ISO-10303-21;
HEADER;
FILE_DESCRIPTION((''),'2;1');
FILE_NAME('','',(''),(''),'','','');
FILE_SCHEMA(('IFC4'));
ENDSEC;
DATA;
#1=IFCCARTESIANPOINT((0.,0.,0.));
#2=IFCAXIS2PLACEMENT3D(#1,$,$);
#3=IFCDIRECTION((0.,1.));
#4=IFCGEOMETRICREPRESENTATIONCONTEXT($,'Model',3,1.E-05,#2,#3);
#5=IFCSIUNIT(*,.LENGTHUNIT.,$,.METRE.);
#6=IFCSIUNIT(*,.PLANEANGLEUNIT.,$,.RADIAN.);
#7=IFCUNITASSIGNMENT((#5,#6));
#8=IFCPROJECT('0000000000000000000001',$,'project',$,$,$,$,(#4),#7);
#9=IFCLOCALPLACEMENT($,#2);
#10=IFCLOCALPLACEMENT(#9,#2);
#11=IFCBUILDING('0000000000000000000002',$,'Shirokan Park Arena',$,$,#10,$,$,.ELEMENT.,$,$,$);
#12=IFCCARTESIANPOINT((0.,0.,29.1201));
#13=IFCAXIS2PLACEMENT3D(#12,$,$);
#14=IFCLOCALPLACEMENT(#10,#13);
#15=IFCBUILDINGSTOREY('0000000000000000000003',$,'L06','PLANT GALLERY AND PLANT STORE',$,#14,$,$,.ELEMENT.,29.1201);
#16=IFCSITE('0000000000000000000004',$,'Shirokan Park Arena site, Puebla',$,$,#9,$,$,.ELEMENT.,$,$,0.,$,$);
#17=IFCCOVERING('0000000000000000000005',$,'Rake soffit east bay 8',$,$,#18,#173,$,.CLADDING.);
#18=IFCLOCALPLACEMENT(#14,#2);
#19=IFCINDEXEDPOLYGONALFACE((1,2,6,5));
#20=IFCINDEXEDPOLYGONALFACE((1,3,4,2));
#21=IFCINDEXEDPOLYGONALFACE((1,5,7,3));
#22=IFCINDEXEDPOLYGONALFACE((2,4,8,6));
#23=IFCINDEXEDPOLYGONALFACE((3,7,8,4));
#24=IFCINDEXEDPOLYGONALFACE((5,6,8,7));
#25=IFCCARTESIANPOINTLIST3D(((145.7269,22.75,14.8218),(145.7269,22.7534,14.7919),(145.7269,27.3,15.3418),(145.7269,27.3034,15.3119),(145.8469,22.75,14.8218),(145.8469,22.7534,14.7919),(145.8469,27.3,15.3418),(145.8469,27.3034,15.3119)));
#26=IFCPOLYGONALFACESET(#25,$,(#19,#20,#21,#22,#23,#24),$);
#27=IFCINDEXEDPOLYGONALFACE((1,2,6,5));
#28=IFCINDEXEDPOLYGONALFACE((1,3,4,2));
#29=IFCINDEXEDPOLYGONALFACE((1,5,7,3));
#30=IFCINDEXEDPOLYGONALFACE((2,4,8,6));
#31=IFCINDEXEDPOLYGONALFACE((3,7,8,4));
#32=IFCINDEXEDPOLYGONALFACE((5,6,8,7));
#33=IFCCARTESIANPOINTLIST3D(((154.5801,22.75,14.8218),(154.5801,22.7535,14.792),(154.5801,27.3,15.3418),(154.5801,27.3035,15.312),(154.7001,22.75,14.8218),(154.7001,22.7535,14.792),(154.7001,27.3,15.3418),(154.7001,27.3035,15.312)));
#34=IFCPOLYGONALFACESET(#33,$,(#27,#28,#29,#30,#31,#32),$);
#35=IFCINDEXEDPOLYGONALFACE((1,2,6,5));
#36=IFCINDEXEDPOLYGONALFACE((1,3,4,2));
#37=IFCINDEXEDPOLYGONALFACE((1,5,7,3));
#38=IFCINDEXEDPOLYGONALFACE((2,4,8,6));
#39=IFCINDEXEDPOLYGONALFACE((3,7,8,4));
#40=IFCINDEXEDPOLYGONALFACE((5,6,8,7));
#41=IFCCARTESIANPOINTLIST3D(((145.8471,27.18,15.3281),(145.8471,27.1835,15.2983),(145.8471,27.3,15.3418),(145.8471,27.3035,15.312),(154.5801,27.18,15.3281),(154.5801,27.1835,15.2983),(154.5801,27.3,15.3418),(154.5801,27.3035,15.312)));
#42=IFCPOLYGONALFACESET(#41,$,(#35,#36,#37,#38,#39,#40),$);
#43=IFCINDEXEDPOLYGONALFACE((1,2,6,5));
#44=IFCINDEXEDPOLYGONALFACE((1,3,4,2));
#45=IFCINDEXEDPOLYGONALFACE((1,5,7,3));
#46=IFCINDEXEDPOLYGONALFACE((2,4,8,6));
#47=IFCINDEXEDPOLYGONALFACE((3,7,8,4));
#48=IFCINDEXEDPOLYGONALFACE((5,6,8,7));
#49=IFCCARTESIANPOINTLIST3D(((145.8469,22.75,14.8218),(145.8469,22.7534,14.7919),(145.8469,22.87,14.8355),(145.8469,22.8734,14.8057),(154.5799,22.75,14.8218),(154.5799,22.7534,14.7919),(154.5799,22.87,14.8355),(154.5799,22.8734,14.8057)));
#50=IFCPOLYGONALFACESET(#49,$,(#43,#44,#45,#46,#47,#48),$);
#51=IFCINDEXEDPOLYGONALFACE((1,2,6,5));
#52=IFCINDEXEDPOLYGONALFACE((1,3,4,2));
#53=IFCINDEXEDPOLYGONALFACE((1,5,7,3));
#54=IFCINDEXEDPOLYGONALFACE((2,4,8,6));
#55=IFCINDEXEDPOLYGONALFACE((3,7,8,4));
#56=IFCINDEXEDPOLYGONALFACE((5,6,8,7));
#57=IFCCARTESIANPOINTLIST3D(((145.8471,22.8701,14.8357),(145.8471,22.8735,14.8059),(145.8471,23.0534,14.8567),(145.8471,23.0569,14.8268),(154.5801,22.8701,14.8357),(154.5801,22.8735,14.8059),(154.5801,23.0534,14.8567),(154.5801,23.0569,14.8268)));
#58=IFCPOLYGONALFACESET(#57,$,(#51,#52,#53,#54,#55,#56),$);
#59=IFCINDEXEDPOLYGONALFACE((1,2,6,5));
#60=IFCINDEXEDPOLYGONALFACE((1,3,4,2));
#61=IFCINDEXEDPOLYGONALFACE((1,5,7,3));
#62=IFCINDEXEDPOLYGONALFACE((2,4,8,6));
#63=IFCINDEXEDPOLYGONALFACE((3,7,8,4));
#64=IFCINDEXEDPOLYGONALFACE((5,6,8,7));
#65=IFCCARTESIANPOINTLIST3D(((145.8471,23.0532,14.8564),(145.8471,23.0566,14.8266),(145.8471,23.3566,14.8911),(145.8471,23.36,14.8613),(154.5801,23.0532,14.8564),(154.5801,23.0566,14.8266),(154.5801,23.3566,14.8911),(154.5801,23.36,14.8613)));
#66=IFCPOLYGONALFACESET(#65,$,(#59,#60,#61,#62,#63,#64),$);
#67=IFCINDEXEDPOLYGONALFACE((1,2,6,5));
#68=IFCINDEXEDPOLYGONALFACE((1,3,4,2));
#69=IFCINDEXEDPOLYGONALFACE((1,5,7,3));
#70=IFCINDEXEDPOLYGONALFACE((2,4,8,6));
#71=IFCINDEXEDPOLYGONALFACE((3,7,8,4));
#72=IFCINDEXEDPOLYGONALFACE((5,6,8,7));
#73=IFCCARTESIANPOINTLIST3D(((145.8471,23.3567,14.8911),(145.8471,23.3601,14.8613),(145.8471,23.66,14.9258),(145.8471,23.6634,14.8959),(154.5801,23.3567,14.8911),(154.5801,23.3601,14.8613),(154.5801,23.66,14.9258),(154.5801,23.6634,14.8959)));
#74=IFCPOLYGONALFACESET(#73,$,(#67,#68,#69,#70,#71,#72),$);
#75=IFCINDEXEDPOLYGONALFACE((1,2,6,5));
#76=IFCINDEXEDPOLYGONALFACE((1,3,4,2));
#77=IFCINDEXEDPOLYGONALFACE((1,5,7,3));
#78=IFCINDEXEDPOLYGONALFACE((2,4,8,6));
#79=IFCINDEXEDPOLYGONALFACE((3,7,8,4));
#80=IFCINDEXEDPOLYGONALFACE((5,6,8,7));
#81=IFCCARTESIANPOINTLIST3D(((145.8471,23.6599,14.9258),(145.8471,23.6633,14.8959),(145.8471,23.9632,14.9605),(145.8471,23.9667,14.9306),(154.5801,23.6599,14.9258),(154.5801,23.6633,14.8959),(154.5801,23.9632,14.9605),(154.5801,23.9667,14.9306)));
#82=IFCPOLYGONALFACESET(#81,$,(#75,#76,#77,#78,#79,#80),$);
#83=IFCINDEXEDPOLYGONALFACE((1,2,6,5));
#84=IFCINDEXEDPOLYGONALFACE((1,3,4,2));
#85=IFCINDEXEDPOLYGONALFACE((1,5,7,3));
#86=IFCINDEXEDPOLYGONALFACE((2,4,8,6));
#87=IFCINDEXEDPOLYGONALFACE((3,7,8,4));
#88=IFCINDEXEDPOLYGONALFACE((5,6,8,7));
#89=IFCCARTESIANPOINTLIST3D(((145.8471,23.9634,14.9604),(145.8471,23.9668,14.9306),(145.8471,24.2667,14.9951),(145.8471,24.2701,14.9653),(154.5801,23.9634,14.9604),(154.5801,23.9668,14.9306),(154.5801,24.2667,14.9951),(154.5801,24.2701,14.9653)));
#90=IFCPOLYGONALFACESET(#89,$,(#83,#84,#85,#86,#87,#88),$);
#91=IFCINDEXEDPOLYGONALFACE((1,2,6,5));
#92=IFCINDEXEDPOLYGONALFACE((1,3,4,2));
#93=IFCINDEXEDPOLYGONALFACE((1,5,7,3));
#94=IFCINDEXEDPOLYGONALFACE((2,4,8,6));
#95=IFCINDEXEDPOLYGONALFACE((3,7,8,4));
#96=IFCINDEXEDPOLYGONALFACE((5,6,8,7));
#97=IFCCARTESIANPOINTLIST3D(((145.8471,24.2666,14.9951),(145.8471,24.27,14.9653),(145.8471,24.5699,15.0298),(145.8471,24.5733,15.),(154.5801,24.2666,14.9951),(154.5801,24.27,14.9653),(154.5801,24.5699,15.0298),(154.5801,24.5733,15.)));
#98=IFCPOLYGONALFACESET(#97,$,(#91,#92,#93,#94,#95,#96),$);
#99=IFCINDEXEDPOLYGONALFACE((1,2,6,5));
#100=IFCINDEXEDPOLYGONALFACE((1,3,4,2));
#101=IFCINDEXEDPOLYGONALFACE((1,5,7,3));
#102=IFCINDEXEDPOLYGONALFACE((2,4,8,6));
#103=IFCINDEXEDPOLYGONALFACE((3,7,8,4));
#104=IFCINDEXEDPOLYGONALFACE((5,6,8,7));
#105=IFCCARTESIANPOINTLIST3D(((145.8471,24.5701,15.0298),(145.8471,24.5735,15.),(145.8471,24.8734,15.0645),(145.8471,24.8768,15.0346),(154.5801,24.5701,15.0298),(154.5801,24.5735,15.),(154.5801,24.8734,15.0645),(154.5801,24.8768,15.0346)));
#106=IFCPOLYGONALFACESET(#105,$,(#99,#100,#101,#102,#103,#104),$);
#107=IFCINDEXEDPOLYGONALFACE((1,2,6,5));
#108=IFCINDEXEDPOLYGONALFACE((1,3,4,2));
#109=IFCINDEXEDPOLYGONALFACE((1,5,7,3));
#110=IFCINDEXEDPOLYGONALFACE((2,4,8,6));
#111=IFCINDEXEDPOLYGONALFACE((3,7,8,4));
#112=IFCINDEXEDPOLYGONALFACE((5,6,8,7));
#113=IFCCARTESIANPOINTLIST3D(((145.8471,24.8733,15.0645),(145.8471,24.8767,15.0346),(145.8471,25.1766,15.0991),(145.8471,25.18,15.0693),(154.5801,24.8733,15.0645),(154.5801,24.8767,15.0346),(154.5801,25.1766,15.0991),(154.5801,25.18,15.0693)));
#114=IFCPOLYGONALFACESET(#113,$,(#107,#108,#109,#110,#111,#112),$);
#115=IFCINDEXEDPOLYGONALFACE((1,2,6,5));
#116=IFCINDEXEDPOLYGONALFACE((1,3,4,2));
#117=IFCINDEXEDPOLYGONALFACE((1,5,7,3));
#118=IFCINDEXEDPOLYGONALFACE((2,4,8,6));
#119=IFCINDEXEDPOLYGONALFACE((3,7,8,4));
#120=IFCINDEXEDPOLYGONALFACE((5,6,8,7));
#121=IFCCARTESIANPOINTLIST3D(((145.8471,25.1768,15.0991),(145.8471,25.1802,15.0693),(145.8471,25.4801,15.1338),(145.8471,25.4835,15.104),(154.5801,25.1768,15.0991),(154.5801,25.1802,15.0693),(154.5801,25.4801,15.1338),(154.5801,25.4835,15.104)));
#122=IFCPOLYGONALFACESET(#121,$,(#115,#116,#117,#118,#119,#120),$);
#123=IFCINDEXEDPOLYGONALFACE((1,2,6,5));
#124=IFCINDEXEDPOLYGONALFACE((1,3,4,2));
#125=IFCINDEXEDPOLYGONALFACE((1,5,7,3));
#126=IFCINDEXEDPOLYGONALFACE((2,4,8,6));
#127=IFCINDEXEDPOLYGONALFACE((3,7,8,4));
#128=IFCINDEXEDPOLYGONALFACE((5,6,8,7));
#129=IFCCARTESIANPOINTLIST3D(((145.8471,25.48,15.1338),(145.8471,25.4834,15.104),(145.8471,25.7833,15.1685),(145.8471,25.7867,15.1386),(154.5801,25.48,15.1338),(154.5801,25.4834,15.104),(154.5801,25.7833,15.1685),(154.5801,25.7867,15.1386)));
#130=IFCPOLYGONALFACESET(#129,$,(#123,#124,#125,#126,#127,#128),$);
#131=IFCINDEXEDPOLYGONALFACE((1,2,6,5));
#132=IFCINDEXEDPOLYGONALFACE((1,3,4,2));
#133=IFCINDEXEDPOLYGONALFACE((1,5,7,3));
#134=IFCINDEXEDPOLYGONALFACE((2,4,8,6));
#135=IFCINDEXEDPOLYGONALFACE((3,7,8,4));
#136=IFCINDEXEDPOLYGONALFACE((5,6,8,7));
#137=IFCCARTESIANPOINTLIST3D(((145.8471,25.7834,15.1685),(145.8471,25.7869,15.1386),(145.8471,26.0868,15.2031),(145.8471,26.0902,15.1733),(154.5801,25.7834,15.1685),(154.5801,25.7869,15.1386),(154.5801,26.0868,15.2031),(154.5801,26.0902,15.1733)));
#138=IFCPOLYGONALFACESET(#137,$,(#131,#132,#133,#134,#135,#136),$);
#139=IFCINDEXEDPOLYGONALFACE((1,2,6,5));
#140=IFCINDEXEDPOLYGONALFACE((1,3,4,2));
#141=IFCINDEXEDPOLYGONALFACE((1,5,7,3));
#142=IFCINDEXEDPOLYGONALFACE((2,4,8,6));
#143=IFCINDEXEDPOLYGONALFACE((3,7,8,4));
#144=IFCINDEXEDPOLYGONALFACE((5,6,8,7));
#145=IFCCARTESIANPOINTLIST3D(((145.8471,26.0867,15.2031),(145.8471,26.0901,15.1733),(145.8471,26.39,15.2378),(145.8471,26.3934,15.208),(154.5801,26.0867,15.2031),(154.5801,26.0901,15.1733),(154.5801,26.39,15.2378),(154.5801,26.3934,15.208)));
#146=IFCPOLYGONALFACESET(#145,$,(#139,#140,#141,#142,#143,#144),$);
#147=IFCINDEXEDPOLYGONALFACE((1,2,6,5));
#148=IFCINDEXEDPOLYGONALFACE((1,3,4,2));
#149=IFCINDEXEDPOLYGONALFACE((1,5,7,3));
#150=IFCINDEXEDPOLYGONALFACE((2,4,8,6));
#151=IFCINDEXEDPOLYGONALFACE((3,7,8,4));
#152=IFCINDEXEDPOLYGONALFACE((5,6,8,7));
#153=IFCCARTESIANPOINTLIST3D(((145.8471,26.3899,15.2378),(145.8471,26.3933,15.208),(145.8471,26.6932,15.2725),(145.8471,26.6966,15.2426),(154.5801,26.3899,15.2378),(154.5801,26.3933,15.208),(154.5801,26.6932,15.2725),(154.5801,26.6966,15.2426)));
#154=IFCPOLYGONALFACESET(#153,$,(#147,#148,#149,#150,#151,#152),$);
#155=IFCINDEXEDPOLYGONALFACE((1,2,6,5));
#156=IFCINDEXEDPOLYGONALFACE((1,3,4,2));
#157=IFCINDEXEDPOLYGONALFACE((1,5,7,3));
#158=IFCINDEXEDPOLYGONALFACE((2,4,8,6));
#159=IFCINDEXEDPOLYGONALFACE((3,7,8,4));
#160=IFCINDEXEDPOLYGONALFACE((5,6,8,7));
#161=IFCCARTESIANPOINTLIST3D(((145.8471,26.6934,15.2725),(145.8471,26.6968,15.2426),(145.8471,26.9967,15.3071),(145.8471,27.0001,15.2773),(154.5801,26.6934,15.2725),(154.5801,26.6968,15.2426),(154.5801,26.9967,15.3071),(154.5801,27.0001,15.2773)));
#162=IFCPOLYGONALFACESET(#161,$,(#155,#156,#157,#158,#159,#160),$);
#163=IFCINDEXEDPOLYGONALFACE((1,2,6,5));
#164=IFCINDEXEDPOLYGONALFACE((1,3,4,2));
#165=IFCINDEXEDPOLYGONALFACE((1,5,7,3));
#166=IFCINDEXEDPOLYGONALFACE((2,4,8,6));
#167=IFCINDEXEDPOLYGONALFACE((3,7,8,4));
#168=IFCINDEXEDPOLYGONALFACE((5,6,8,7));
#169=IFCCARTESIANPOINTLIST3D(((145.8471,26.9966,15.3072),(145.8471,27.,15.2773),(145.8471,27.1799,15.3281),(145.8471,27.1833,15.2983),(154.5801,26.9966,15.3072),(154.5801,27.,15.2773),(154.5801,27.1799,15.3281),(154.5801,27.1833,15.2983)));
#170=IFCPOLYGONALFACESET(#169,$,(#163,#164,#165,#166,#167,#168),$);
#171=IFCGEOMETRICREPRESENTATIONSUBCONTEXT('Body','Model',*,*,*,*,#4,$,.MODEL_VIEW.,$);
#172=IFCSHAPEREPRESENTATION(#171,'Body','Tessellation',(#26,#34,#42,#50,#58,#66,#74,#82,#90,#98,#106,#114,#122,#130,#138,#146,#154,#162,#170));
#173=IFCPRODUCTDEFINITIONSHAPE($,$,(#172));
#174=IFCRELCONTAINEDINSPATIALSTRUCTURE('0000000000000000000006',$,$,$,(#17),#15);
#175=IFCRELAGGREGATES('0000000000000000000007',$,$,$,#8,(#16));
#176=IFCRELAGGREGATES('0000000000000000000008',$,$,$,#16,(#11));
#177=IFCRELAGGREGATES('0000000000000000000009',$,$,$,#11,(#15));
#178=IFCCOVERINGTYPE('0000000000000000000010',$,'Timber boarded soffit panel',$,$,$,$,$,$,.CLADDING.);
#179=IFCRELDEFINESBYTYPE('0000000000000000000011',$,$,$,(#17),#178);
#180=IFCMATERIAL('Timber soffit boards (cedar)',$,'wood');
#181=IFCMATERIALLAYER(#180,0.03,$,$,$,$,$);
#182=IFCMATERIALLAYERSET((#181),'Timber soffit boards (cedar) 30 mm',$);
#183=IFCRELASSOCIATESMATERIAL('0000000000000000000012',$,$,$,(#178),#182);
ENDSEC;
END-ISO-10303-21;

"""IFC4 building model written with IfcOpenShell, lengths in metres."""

from ifc_helpers import new_model, si_unit, direction, frame, origin, place, context, subcontext, project, spatial, polyline, outline, extrude, material, layer, layer_set, type_object, element, save


model = new_model("IFC4")

# Units and contexts
model_context = context("Model", 3, precision=1e-05, world=origin(), true_north=direction((0.0, 1.0)))
body_context = subcontext(model_context, "Body", "Model", "MODEL_VIEW")
ifc_project = project(units=[si_unit("LENGTHUNIT", "METRE"), si_unit("PLANEANGLEUNIT", "RADIAN")], contexts=[model_context])

# Site, building, storey
site_placement = place(None, origin())
site = spatial("IfcSite", under=ifc_project, at=site_placement, Name="Shirokan Park Arena site, Puebla", CompositionType="ELEMENT", RefElevation=0.0)
building_placement = place(site_placement, origin())
building = spatial("IfcBuilding", under=site, at=building_placement, Name="Shirokan Park Arena", CompositionType="ELEMENT")
storey_placement = place(building_placement, frame((0.0, 0.0, 29.1201)))
storey = spatial("IfcBuildingStorey", under=building, at=storey_placement, Name="L06", Description="PLANT GALLERY AND PLANT STORE", CompositionType="ELEMENT", Elevation=29.1201)

# Covering
ifc_material = material(Name="Timber soffit boards (cedar)", Category="wood")
ifc_layer = layer(ifc_material, 0.03)
ifc_layer_set = layer_set([ifc_layer], Name="Timber soffit boards (cedar) 30 mm")
covering_type = type_object("IfcCoveringType", Name="Timber boarded soffit panel", PredefinedType="CLADDING", material=ifc_layer_set)
covering_1_placement = place(storey_placement, origin())
element("IfcCovering", 1, at=covering_1_placement, inside=storey, type_object=covering_type, Name="Rake soffit east bay 8", PredefinedType="CLADDING", context=body_context, shape_type="SweptSolid", body=[
    extrude(outline(polyline([(0.0, 0.0), (0.12, 0.0), (0.12, -4.5796), (0.0, -4.5796), (0.0, 0.0)])), frame((145.8469, 22.75, 14.8218), z_axis=(0.0, -0.113547, 0.993533), x_axis=(-1.0, 0.0, 0.0)), (0.0, 0.0, -1.0), 0.03),
    extrude(outline(polyline([(0.0, 0.0), (0.12, 0.0), (0.12, -4.5796), (0.0, -4.5796), (0.0, 0.0)])), frame((154.5801, 27.3, 15.3418), z_axis=(0.0, -0.113547, 0.993533), x_axis=(1.0, 0.0, 0.0)), (0.0, 0.0, -1.0), 0.03),
    extrude(outline(polyline([(0.0, 0.0), (0.1208, 0.0), (0.1208, -8.733), (0.0, -8.733), (0.0, 0.0)])), frame((154.5801, 27.3, 15.3418), z_axis=(0.0, -0.113512, 0.993537), x_axis=(0.0, -0.993537, -0.113512)), (0.0, 0.0, -1.0), 0.03),
    extrude(outline(polyline([(0.0, 0.0), (0.1208, 0.0), (0.1208, -8.733), (0.0, -8.733), (0.0, 0.0)])), frame((145.8469, 22.75, 14.8218), z_axis=(0.0, -0.113512, 0.993537), x_axis=(0.0, 0.993537, 0.113512)), (0.0, 0.0, -1.0), 0.03),
    extrude(outline(polyline([(0.0, 0.0), (8.733, 0.0), (8.733, -0.1845), (0.0, -0.1845), (0.0, 0.0)])), frame((154.5801, 22.8701, 14.8357), z_axis=(0.0, -0.113589, 0.993528), x_axis=(-1.0, 0.0, 0.0)), (0.0, 0.0, -1.0), 0.03),
    extrude(outline(polyline([(0.0, 0.0), (8.733, 0.0), (8.733, -0.3053), (0.0, -0.3053), (0.0, 0.0)])), frame((154.5801, 23.0532, 14.8564), z_axis=(0.0, -0.113523, 0.993535), x_axis=(-1.0, 0.0, 0.0)), (0.0, 0.0, -1.0), 0.03),
    extrude(outline(polyline([(0.0, 0.0), (8.733, 0.0), (8.733, -0.3053), (0.0, -0.3053), (0.0, 0.0)])), frame((154.5801, 23.3567, 14.8911), z_axis=(0.0, -0.113559, 0.993531), x_axis=(-1.0, 0.0, 0.0)), (0.0, 0.0, -1.0), 0.03),
    extrude(outline(polyline([(0.0, 0.0), (8.733, 0.0), (8.733, -0.3053), (0.0, -0.3053), (0.0, 0.0)])), frame((154.5801, 23.6599, 14.9258), z_axis=(0.0, -0.113559, 0.993531), x_axis=(-1.0, 0.0, 0.0)), (0.0, 0.0, -1.0), 0.03),
    extrude(outline(polyline([(0.0, 0.0), (8.733, 0.0), (8.733, -0.3053), (0.0, -0.3053), (0.0, 0.0)])), frame((154.5801, 23.9634, 14.9604), z_axis=(0.0, -0.113523, 0.993535), x_axis=(-1.0, 0.0, 0.0)), (0.0, 0.0, -1.0), 0.03),
    extrude(outline(polyline([(0.0, 0.0), (8.733, 0.0), (8.733, -0.3053), (0.0, -0.3053), (0.0, 0.0)])), frame((154.5801, 24.2666, 14.9951), z_axis=(0.0, -0.113559, 0.993531), x_axis=(-1.0, 0.0, 0.0)), (0.0, 0.0, -1.0), 0.03),
    extrude(outline(polyline([(0.0, 0.0), (8.733, 0.0), (8.733, -0.3053), (0.0, -0.3053), (0.0, 0.0)])), frame((154.5801, 24.5701, 15.0298), z_axis=(0.0, -0.113559, 0.993531), x_axis=(-1.0, 0.0, 0.0)), (0.0, 0.0, -1.0), 0.03),
    extrude(outline(polyline([(0.0, 0.0), (8.733, 0.0), (8.733, -0.3053), (0.0, -0.3053), (0.0, 0.0)])), frame((154.5801, 24.8733, 15.0645), z_axis=(0.0, -0.113523, 0.993535), x_axis=(-1.0, 0.0, 0.0)), (0.0, 0.0, -1.0), 0.03),
    extrude(outline(polyline([(0.0, 0.0), (8.733, 0.0), (8.733, -0.3053), (0.0, -0.3053), (0.0, 0.0)])), frame((154.5801, 25.1768, 15.0991), z_axis=(0.0, -0.113559, 0.993531), x_axis=(-1.0, 0.0, 0.0)), (0.0, 0.0, -1.0), 0.03),
    extrude(outline(polyline([(0.0, 0.0), (8.733, 0.0), (8.733, -0.3053), (0.0, -0.3053), (0.0, 0.0)])), frame((154.5801, 25.48, 15.1338), z_axis=(0.0, -0.113559, 0.993531), x_axis=(-1.0, 0.0, 0.0)), (0.0, 0.0, -1.0), 0.03),
    extrude(outline(polyline([(0.0, 0.0), (8.733, 0.0), (8.733, -0.3053), (0.0, -0.3053), (0.0, 0.0)])), frame((154.5801, 25.7834, 15.1685), z_axis=(0.0, -0.113523, 0.993535), x_axis=(-1.0, 0.0, 0.0)), (0.0, 0.0, -1.0), 0.03),
    extrude(outline(polyline([(0.0, 0.0), (8.733, 0.0), (8.733, -0.3053), (0.0, -0.3053), (0.0, 0.0)])), frame((154.5801, 26.0867, 15.2031), z_axis=(0.0, -0.113559, 0.993531), x_axis=(-1.0, 0.0, 0.0)), (0.0, 0.0, -1.0), 0.03),
    extrude(outline(polyline([(0.0, 0.0), (8.733, 0.0), (8.733, -0.3053), (0.0, -0.3053), (0.0, 0.0)])), frame((154.5801, 26.3899, 15.2378), z_axis=(0.0, -0.113559, 0.993531), x_axis=(-1.0, 0.0, 0.0)), (0.0, 0.0, -1.0), 0.03),
    extrude(outline(polyline([(0.0, 0.0), (8.733, 0.0), (8.733, -0.3053), (0.0, -0.3053), (0.0, 0.0)])), frame((154.5801, 26.6934, 15.2725), z_axis=(0.0, -0.113523, 0.993535), x_axis=(-1.0, 0.0, 0.0)), (0.0, 0.0, -1.0), 0.03),
    extrude(outline(polyline([(0.0, 0.0), (0.1845, 0.0), (0.1845, -8.733), (0.0, -8.733), (0.0, 0.0)])), frame((154.5801, 27.1799, 15.3281), z_axis=(0.0, -0.113589, 0.993528), x_axis=(0.0, -0.993528, -0.113589)), (0.0, 0.0, -1.0), 0.03),
])

save(model, "model.ifc")
